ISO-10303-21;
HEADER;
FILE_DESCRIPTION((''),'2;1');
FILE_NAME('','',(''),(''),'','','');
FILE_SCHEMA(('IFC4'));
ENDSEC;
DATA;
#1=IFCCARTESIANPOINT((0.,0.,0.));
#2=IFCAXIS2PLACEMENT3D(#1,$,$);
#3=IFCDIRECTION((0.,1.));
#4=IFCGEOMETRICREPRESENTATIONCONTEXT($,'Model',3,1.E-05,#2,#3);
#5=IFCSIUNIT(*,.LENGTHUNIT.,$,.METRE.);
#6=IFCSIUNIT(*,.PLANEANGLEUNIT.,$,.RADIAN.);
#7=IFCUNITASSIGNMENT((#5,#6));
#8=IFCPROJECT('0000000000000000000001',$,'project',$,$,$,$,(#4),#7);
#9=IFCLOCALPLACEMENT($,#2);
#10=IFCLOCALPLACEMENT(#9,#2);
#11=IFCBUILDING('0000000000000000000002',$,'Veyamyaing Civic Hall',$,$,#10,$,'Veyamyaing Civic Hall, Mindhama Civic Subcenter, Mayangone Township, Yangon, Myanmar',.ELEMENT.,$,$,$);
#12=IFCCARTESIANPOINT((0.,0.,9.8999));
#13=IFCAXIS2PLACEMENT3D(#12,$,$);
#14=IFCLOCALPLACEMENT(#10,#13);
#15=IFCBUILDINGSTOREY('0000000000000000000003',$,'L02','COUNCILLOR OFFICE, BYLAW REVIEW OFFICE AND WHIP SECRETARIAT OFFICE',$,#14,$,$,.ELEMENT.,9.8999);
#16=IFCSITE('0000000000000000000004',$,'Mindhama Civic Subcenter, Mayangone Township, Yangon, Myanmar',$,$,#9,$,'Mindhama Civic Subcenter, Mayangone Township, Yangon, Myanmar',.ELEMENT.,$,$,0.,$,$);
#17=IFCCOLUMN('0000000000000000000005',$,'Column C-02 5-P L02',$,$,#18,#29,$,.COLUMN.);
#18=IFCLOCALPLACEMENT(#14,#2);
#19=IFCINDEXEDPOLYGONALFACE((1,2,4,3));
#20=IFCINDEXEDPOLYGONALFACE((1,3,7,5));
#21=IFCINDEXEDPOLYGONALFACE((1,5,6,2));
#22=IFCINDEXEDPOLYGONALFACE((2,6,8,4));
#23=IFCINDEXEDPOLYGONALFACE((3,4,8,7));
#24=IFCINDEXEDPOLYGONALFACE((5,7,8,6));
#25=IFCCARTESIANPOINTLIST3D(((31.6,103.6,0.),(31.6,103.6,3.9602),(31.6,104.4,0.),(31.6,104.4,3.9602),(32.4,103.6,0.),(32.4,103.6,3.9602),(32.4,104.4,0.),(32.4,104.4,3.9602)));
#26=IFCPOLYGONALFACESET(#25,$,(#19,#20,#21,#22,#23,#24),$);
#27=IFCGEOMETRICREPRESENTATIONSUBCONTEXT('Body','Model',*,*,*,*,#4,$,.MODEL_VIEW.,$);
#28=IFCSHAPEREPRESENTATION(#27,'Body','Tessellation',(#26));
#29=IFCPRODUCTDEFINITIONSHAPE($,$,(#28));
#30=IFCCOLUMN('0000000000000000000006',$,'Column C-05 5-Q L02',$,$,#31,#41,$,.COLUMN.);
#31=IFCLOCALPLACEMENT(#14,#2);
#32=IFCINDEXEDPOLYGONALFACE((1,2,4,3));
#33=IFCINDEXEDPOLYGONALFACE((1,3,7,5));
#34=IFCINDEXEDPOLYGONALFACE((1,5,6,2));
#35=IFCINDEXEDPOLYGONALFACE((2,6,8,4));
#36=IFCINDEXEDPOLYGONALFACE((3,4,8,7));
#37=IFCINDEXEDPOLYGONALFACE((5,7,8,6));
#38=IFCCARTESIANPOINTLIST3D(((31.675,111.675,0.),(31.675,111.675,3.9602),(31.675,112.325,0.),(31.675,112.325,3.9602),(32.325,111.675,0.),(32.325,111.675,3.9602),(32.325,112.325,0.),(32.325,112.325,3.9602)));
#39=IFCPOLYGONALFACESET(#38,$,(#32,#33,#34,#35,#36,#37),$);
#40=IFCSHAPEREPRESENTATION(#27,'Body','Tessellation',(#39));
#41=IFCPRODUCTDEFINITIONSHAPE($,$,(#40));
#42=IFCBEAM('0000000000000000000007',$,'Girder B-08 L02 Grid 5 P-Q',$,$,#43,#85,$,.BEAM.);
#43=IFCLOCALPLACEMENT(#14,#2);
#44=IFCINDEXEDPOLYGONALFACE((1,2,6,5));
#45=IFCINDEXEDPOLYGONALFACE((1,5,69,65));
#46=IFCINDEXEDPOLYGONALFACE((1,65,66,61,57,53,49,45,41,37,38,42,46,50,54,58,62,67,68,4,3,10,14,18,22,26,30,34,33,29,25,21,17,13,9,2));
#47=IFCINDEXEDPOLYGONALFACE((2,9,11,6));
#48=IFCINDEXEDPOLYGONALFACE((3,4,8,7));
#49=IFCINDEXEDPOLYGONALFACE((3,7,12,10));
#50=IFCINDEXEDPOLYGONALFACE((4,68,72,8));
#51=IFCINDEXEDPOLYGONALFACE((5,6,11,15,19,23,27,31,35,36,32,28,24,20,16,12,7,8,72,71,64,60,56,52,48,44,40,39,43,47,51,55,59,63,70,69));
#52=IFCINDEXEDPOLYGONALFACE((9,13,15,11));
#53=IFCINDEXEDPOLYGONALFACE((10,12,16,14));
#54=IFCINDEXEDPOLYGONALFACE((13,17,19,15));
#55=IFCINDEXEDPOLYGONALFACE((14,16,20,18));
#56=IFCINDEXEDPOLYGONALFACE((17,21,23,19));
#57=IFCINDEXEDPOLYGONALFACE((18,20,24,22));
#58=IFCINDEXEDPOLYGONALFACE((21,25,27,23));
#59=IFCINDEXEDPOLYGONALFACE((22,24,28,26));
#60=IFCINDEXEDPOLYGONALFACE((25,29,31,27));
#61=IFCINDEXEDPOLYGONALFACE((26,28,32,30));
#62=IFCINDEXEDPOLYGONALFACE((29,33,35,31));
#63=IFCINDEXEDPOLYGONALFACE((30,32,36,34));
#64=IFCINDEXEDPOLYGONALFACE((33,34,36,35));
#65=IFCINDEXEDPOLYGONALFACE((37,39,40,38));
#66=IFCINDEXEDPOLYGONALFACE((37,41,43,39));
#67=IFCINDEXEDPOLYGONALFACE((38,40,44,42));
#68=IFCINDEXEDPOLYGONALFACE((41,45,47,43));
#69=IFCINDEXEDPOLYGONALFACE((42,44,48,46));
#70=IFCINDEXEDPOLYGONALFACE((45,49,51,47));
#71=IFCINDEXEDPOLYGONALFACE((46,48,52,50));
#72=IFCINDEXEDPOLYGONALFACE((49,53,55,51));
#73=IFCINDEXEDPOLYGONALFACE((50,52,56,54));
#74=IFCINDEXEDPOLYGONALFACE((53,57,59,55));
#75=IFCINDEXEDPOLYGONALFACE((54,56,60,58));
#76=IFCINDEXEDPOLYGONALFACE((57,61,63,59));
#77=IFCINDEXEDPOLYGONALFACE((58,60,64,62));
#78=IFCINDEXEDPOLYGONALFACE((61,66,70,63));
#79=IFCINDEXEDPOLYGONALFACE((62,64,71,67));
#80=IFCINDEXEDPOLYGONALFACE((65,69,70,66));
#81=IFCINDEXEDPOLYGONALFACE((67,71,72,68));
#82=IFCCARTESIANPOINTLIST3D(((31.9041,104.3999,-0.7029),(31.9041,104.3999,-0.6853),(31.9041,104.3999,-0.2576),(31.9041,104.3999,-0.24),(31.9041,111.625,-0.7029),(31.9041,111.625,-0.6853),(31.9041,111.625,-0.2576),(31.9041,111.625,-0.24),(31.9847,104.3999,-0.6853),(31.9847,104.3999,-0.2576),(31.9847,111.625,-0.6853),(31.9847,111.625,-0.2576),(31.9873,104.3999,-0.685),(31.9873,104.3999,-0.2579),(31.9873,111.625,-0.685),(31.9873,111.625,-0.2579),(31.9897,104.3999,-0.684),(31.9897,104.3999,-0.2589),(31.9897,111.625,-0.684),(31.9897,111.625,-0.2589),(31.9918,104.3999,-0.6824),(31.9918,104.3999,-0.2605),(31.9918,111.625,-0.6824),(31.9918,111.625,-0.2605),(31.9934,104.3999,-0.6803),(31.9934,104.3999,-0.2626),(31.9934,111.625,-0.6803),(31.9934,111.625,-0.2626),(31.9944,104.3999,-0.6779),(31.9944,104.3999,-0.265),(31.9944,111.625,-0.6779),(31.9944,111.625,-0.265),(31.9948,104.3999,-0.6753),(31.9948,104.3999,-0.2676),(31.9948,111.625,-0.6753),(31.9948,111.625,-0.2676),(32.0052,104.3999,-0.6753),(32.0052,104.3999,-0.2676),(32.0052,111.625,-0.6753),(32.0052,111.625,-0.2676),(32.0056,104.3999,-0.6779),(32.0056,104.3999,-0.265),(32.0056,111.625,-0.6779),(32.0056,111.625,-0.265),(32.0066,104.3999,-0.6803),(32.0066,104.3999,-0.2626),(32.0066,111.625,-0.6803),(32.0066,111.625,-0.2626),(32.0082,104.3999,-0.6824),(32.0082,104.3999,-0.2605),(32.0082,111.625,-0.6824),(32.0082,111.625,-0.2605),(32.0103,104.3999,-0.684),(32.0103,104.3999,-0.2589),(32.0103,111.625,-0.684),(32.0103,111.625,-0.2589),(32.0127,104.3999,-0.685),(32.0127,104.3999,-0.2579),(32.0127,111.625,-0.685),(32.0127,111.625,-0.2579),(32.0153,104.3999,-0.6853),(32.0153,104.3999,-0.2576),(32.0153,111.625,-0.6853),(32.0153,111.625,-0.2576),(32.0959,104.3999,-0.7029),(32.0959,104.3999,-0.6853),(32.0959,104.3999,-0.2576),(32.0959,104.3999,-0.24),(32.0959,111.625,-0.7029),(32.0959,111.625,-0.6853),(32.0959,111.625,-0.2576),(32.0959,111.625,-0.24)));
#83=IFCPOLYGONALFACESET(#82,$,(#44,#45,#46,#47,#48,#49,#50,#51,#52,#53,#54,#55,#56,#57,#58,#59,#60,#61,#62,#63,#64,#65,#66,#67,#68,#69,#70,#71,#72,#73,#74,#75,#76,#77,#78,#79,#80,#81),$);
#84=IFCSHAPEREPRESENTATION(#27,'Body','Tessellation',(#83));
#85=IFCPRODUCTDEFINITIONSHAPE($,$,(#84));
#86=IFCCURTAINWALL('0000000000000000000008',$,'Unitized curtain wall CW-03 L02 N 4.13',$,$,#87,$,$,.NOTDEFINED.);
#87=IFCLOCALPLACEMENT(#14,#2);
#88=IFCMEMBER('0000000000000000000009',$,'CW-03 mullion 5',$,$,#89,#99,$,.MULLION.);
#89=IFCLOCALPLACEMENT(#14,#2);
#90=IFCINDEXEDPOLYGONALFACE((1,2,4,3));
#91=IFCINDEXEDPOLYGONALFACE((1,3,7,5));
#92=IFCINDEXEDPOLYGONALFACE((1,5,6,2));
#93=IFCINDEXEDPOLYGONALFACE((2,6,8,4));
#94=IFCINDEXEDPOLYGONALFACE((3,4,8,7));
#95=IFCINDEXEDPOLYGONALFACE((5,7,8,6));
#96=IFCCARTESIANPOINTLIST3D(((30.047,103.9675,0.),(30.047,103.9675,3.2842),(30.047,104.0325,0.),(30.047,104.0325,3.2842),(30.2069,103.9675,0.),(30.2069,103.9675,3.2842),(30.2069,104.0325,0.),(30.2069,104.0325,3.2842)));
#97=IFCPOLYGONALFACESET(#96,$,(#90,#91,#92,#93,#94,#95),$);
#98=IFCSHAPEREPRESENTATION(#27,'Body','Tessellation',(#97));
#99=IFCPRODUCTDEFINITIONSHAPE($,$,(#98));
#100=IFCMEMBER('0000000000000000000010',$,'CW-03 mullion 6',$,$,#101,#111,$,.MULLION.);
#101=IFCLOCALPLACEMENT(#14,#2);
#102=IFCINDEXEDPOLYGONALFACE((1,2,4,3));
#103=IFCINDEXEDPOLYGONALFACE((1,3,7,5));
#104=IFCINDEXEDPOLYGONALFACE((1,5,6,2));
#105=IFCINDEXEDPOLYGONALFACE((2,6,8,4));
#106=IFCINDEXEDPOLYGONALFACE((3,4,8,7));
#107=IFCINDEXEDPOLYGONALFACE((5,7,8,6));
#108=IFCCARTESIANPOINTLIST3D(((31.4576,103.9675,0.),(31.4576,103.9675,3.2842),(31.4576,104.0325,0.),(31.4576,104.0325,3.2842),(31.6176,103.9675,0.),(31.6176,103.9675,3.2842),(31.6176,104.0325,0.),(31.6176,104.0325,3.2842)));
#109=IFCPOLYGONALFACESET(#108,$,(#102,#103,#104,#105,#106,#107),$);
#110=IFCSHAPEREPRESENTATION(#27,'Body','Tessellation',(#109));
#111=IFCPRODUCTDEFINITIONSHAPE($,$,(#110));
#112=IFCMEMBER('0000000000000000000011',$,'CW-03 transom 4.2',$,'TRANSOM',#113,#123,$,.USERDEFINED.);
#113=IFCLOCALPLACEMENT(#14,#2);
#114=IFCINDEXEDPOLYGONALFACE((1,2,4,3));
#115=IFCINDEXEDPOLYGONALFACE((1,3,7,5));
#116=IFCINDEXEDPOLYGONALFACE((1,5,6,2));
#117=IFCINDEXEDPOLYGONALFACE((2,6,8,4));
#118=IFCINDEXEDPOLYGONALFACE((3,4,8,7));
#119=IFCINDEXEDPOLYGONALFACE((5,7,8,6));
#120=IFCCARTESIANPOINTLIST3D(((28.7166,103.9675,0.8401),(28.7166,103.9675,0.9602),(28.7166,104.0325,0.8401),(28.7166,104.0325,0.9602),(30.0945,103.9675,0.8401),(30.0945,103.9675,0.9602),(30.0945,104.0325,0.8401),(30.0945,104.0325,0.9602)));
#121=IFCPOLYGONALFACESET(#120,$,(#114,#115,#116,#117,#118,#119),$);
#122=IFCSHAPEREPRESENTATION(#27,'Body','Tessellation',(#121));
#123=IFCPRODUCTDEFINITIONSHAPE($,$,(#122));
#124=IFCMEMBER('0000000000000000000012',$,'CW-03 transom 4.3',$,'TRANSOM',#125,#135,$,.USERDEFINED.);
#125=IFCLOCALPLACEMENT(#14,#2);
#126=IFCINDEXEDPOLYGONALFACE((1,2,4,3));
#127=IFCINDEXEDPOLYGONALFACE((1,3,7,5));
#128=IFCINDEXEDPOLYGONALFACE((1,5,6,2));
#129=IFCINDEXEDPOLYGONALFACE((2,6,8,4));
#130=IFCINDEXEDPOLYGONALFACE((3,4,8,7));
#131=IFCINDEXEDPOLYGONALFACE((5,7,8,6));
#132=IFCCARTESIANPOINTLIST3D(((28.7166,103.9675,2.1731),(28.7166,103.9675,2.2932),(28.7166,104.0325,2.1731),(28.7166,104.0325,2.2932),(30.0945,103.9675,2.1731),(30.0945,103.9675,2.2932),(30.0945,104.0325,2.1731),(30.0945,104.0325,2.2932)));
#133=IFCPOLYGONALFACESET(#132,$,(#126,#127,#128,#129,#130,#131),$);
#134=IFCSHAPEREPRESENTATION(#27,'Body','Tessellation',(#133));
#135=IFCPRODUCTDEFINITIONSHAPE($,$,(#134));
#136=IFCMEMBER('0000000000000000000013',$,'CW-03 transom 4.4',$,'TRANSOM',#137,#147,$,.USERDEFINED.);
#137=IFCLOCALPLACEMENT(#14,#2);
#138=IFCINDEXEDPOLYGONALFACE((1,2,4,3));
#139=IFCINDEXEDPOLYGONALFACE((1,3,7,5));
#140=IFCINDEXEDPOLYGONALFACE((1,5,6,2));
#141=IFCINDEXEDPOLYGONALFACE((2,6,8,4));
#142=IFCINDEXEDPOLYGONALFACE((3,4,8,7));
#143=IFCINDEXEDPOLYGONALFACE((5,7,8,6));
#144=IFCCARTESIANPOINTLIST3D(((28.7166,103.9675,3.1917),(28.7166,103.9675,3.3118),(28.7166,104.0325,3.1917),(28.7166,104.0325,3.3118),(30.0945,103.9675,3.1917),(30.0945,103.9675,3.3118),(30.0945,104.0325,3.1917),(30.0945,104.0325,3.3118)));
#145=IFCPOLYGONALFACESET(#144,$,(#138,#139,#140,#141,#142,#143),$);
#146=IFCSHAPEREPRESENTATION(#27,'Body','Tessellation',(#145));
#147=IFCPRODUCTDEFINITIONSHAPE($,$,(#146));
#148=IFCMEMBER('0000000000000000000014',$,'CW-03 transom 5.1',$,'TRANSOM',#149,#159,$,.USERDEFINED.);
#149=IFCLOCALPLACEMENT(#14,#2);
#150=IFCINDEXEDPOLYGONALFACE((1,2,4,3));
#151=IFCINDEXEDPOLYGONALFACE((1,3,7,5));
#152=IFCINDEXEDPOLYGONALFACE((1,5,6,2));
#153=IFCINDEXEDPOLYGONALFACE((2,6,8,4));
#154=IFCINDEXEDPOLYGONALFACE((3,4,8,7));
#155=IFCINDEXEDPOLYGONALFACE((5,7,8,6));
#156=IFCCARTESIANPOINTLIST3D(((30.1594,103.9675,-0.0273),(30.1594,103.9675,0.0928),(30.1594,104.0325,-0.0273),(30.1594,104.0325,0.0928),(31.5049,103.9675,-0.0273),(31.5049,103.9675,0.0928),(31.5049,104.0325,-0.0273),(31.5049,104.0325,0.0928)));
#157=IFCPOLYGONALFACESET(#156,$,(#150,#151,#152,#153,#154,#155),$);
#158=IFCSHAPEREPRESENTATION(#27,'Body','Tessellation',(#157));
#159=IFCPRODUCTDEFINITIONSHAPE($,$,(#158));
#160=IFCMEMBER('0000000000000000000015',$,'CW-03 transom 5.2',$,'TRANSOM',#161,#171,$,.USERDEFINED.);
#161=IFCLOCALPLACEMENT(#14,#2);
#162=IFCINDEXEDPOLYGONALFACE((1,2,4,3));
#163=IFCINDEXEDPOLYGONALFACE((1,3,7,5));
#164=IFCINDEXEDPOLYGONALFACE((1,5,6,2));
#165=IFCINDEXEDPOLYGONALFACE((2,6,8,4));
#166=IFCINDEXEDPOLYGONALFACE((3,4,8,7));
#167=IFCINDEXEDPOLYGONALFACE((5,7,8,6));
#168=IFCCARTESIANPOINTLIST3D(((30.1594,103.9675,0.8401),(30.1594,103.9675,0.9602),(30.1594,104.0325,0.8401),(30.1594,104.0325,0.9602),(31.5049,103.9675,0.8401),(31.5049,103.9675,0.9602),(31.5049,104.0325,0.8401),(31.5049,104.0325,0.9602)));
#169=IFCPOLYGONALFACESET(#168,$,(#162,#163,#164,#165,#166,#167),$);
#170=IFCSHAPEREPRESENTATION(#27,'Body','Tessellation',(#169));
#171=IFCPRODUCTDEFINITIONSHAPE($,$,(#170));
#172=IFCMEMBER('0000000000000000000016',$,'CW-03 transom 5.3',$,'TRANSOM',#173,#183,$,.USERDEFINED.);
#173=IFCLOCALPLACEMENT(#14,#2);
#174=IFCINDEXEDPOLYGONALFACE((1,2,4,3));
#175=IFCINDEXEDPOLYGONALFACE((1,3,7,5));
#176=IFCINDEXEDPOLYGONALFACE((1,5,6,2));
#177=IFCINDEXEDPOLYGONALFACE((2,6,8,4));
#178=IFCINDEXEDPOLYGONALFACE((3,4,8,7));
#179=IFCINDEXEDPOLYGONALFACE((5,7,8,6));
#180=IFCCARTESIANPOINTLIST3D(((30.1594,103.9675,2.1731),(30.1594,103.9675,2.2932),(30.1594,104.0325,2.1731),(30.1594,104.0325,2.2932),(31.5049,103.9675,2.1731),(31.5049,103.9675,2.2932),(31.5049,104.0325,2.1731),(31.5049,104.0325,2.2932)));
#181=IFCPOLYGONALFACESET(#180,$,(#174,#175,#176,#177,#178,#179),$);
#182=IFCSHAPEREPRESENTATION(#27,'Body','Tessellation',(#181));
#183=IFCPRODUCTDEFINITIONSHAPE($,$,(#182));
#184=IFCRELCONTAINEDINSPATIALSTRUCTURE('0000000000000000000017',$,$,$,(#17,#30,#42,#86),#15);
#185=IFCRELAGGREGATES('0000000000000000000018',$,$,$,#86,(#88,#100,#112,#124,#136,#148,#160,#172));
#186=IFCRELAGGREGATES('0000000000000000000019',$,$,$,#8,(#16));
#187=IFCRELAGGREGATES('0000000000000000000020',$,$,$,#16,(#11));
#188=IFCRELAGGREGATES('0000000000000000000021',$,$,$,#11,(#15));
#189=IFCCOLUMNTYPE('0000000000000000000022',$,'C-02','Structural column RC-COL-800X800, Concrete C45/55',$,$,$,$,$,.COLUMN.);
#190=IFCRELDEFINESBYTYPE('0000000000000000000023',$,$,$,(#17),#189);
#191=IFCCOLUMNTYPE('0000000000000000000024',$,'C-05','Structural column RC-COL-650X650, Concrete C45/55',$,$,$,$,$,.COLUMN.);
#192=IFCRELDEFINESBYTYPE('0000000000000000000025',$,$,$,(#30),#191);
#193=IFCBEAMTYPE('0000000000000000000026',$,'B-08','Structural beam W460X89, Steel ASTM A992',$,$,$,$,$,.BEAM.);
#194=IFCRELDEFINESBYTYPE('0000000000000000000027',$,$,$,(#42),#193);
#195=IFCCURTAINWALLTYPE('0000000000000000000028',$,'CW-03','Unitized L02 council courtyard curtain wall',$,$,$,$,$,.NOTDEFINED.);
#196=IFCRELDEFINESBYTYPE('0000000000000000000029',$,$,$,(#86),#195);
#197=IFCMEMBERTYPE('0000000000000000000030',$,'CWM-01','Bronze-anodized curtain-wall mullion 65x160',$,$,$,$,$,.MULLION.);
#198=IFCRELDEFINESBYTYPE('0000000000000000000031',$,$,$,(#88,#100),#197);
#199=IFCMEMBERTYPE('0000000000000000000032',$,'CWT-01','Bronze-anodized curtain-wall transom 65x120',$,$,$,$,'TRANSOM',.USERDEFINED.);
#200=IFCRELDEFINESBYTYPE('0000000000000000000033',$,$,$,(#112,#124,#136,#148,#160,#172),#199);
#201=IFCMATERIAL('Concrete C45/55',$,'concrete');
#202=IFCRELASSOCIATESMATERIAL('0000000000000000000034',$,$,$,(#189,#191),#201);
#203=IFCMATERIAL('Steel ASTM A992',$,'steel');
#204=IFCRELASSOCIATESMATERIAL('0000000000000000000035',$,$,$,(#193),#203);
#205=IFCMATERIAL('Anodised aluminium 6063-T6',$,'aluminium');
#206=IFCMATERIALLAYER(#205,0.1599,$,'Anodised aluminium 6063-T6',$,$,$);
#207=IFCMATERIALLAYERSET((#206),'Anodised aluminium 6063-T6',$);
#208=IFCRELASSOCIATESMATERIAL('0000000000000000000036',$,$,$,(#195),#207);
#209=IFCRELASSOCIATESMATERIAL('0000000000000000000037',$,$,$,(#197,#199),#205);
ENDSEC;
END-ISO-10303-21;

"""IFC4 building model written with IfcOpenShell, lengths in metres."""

from ifc_helpers import new_model, si_unit, direction, frame, origin, origin_2d, place, context, subcontext, project, spatial, rectangle, i_section, extrude, material, layer, layer_set, material_profile, profile_set, type_object, element, aggregate, save


model = new_model("IFC4")

# Units and contexts
model_context = context("Model", 3, precision=1e-05, world=origin(), true_north=direction((0.0, 1.0)))
body_context = subcontext(model_context, "Body", "Model", "MODEL_VIEW")
ifc_project = project(units=[si_unit("LENGTHUNIT", "METRE"), si_unit("PLANEANGLEUNIT", "RADIAN")], contexts=[model_context])

# Site, building, storey
site_placement = place(None, origin())
site = spatial("IfcSite", under=ifc_project, at=site_placement, Name="Mindhama Civic Subcenter, Mayangone Township, Yangon, Myanmar", LongName="Mindhama Civic Subcenter, Mayangone Township, Yangon, Myanmar", CompositionType="ELEMENT", RefElevation=0.0)
building_placement = place(site_placement, origin())
building = spatial("IfcBuilding", under=site, at=building_placement, Name="Veyamyaing Civic Hall", LongName="Veyamyaing Civic Hall, Mindhama Civic Subcenter, Mayangone Township, Yangon, Myanmar", CompositionType="ELEMENT")
storey_placement = place(building_placement, frame((0.0, 0.0, 9.8999)))
storey = spatial("IfcBuildingStorey", under=building, at=storey_placement, Name="L02", Description="COUNCILLOR OFFICE, BYLAW REVIEW OFFICE AND WHIP SECRETARIAT OFFICE", CompositionType="ELEMENT", Elevation=9.8999)

# Columns
ifc_material_1 = material(Name="Concrete C45/55", Category="concrete")
ifc_material_profile_1 = material_profile(ifc_material_1, rectangle(XDim=0.8, YDim=0.8, at=origin_2d()), Name="RC-COL-800X800")
ifc_profile_set_1 = profile_set([ifc_material_profile_1], Name="Concrete C45/55")
column_type_1 = type_object("IfcColumnType", Name="C-02", Description="Structural column RC-COL-800X800, Concrete C45/55", PredefinedType="COLUMN", material=ifc_profile_set_1)
column_1_placement = place(storey_placement, frame((32.0, 104.0, 0.0), z_axis=(0.0, 0.0, 1.0), x_axis=(1.0, 0.0, 0.0)))
element("IfcColumn", 1, at=column_1_placement, inside=storey, type_object=column_type_1, Name="Column C-02 5-P L02", PredefinedType="COLUMN", context=body_context, shape_type="SweptSolid", body=[
    extrude(rectangle(XDim=0.8, YDim=0.8, at=origin_2d()), origin(), (0.0, 0.0, 1.0), 3.9602),
])
ifc_material_profile_2 = material_profile(ifc_material_1, rectangle(XDim=0.6499, YDim=0.6499, at=origin_2d()), Name="RC-COL-650X650")
ifc_profile_set_2 = profile_set([ifc_material_profile_2], Name="Concrete C45/55")
column_type_2 = type_object("IfcColumnType", Name="C-05", Description="Structural column RC-COL-650X650, Concrete C45/55", PredefinedType="COLUMN", material=ifc_profile_set_2)
column_2_placement = place(storey_placement, frame((32.0, 112.0, 0.0), z_axis=(0.0, 0.0, 1.0), x_axis=(1.0, 0.0, 0.0)))
element("IfcColumn", 2, at=column_2_placement, inside=storey, type_object=column_type_2, Name="Column C-05 5-Q L02", PredefinedType="COLUMN", context=body_context, shape_type="SweptSolid", body=[
    extrude(rectangle(XDim=0.6499, YDim=0.6499, at=origin_2d()), origin(), (0.0, 0.0, 1.0), 3.9602),
])

# Beam
ifc_material_2 = material(Name="Steel ASTM A992", Category="steel")
ifc_material_profile_3 = material_profile(ifc_material_2, i_section(OverallWidth=0.1919, OverallDepth=0.4629, WebThickness=0.0105, FlangeThickness=0.0176, FilletRadius=0.01, at=origin_2d()), Name="W460X89")
ifc_profile_set_3 = profile_set([ifc_material_profile_3], Name="Steel ASTM A992")
beam_type = type_object("IfcBeamType", Name="B-08", Description="Structural beam W460X89, Steel ASTM A992", PredefinedType="BEAM", material=ifc_profile_set_3)
beam_placement = place(storey_placement, frame((32.0, 104.3999, -0.4714), z_axis=(0.0, 1.0, 0.0), x_axis=(-1.0, 0.0, 0.0)))
element("IfcBeam", 3, at=beam_placement, inside=storey, type_object=beam_type, Name="Girder B-08 L02 Grid 5 P-Q", PredefinedType="BEAM", context=body_context, shape_type="SweptSolid", body=[
    extrude(i_section(OverallWidth=0.1919, OverallDepth=0.4629, WebThickness=0.0105, FlangeThickness=0.0176, FilletRadius=0.01, at=origin_2d()), origin(), (0.0, 0.0, 1.0), 7.2251),
])

# Curtain wall, members
ifc_material_3 = material(Name="Anodised aluminium 6063-T6", Category="aluminium")
ifc_layer_1 = layer(ifc_material_3, 0.1599, Name="Anodised aluminium 6063-T6")
ifc_layer_set_1 = layer_set([ifc_layer_1], Name="Anodised aluminium 6063-T6")
curtain_wall_type = type_object("IfcCurtainWallType", Name="CW-03", Description="Unitized L02 council courtyard curtain wall", PredefinedType="NOTDEFINED", material=ifc_layer_set_1)
curtain_wall_placement = place(storey_placement, origin())
curtain_wall = element("IfcCurtainWall", 4, at=curtain_wall_placement, inside=storey, type_object=curtain_wall_type, Name="Unitized curtain wall CW-03 L02 N 4.13", PredefinedType="NOTDEFINED")
ifc_material_profile_4 = material_profile(ifc_material_3, rectangle(XDim=0.0649, YDim=0.1599, at=origin_2d()), Name="ALU-MUL-65X160")
ifc_profile_set_4 = profile_set([ifc_material_profile_4], Name="Anodised aluminium 6063-T6")
member_type_1 = type_object("IfcMemberType", Name="CWM-01", Description="Bronze-anodized curtain-wall mullion 65x160", PredefinedType="MULLION", material=ifc_profile_set_4)
member_1_placement = place(storey_placement, frame((30.127, 104.0, 0.0), z_axis=(0.0, 0.0, 1.0), x_axis=(0.0, 1.0, 0.0)))
member_1 = element("IfcMember", 5, at=member_1_placement, type_object=member_type_1, Name="CW-03 mullion 5", PredefinedType="MULLION", context=body_context, shape_type="SweptSolid", body=[
    extrude(rectangle(XDim=0.0649, YDim=0.1599, at=origin_2d()), origin(), (0.0, 0.0, 1.0), 3.2842),
])
member_2_placement = place(storey_placement, frame((31.5376, 104.0, 0.0), z_axis=(0.0, 0.0, 1.0), x_axis=(0.0, 1.0, 0.0)))
member_2 = element("IfcMember", 6, at=member_2_placement, type_object=member_type_1, Name="CW-03 mullion 6", PredefinedType="MULLION", context=body_context, shape_type="SweptSolid", body=[
    extrude(rectangle(XDim=0.0649, YDim=0.1599, at=origin_2d()), origin(), (0.0, 0.0, 1.0), 3.2842),
])
ifc_material_profile_5 = material_profile(ifc_material_3, rectangle(XDim=0.0649, YDim=0.1201, at=origin_2d()), Name="ALU-TRN-65X120")
ifc_profile_set_5 = profile_set([ifc_material_profile_5], Name="Anodised aluminium 6063-T6")
member_type_2 = type_object("IfcMemberType", Name="CWT-01", Description="Bronze-anodized curtain-wall transom 65x120", ElementType="TRANSOM", PredefinedType="USERDEFINED", material=ifc_profile_set_5)
member_3_placement = place(storey_placement, frame((28.7166, 104.0, 0.9001), z_axis=(1.0, 0.0, 0.0), x_axis=(0.0, 1.0, 0.0)))
member_3 = element("IfcMember", 7, at=member_3_placement, type_object=member_type_2, Name="CW-03 transom 4.2", ObjectType="TRANSOM", PredefinedType="USERDEFINED", context=body_context, shape_type="SweptSolid", body=[
    extrude(rectangle(XDim=0.0649, YDim=0.1201, at=origin_2d()), origin(), (0.0, 0.0, 1.0), 1.3779),
])
member_4_placement = place(storey_placement, frame((28.7166, 104.0, 2.2332), z_axis=(1.0, 0.0, 0.0), x_axis=(0.0, 1.0, 0.0)))
member_4 = element("IfcMember", 8, at=member_4_placement, type_object=member_type_2, Name="CW-03 transom 4.3", ObjectType="TRANSOM", PredefinedType="USERDEFINED", context=body_context, shape_type="SweptSolid", body=[
    extrude(rectangle(XDim=0.0649, YDim=0.1201, at=origin_2d()), origin(), (0.0, 0.0, 1.0), 1.3779),
])
member_5_placement = place(storey_placement, frame((28.7166, 104.0, 3.2517), z_axis=(1.0, 0.0, 0.0), x_axis=(0.0, 1.0, 0.0)))
member_5 = element("IfcMember", 9, at=member_5_placement, type_object=member_type_2, Name="CW-03 transom 4.4", ObjectType="TRANSOM", PredefinedType="USERDEFINED", context=body_context, shape_type="SweptSolid", body=[
    extrude(rectangle(XDim=0.0649, YDim=0.1201, at=origin_2d()), origin(), (0.0, 0.0, 1.0), 1.3779),
])
member_6_placement = place(storey_placement, frame((30.1594, 104.0, 0.0327), z_axis=(1.0, 0.0, 0.0), x_axis=(0.0, 1.0, 0.0)))
member_6 = element("IfcMember", 10, at=member_6_placement, type_object=member_type_2, Name="CW-03 transom 5.1", ObjectType="TRANSOM", PredefinedType="USERDEFINED", context=body_context, shape_type="SweptSolid", body=[
    extrude(rectangle(XDim=0.0649, YDim=0.1201, at=origin_2d()), origin(), (0.0, 0.0, 1.0), 1.3455),
])
member_7_placement = place(storey_placement, frame((30.1594, 104.0, 0.9001), z_axis=(1.0, 0.0, 0.0), x_axis=(0.0, 1.0, 0.0)))
member_7 = element("IfcMember", 11, at=member_7_placement, type_object=member_type_2, Name="CW-03 transom 5.2", ObjectType="TRANSOM", PredefinedType="USERDEFINED", context=body_context, shape_type="SweptSolid", body=[
    extrude(rectangle(XDim=0.0649, YDim=0.1201, at=origin_2d()), origin(), (0.0, 0.0, 1.0), 1.3455),
])
member_8_placement = place(storey_placement, frame((30.1594, 104.0, 2.2332), z_axis=(1.0, 0.0, 0.0), x_axis=(0.0, 1.0, 0.0)))
member_8 = element("IfcMember", 12, at=member_8_placement, type_object=member_type_2, Name="CW-03 transom 5.3", ObjectType="TRANSOM", PredefinedType="USERDEFINED", context=body_context, shape_type="SweptSolid", body=[
    extrude(rectangle(XDim=0.0649, YDim=0.1201, at=origin_2d()), origin(), (0.0, 0.0, 1.0), 1.3455),
])
aggregate(curtain_wall, [member_1, member_2, member_3, member_4, member_5, member_6, member_7, member_8])

save(model, "model.ifc")
